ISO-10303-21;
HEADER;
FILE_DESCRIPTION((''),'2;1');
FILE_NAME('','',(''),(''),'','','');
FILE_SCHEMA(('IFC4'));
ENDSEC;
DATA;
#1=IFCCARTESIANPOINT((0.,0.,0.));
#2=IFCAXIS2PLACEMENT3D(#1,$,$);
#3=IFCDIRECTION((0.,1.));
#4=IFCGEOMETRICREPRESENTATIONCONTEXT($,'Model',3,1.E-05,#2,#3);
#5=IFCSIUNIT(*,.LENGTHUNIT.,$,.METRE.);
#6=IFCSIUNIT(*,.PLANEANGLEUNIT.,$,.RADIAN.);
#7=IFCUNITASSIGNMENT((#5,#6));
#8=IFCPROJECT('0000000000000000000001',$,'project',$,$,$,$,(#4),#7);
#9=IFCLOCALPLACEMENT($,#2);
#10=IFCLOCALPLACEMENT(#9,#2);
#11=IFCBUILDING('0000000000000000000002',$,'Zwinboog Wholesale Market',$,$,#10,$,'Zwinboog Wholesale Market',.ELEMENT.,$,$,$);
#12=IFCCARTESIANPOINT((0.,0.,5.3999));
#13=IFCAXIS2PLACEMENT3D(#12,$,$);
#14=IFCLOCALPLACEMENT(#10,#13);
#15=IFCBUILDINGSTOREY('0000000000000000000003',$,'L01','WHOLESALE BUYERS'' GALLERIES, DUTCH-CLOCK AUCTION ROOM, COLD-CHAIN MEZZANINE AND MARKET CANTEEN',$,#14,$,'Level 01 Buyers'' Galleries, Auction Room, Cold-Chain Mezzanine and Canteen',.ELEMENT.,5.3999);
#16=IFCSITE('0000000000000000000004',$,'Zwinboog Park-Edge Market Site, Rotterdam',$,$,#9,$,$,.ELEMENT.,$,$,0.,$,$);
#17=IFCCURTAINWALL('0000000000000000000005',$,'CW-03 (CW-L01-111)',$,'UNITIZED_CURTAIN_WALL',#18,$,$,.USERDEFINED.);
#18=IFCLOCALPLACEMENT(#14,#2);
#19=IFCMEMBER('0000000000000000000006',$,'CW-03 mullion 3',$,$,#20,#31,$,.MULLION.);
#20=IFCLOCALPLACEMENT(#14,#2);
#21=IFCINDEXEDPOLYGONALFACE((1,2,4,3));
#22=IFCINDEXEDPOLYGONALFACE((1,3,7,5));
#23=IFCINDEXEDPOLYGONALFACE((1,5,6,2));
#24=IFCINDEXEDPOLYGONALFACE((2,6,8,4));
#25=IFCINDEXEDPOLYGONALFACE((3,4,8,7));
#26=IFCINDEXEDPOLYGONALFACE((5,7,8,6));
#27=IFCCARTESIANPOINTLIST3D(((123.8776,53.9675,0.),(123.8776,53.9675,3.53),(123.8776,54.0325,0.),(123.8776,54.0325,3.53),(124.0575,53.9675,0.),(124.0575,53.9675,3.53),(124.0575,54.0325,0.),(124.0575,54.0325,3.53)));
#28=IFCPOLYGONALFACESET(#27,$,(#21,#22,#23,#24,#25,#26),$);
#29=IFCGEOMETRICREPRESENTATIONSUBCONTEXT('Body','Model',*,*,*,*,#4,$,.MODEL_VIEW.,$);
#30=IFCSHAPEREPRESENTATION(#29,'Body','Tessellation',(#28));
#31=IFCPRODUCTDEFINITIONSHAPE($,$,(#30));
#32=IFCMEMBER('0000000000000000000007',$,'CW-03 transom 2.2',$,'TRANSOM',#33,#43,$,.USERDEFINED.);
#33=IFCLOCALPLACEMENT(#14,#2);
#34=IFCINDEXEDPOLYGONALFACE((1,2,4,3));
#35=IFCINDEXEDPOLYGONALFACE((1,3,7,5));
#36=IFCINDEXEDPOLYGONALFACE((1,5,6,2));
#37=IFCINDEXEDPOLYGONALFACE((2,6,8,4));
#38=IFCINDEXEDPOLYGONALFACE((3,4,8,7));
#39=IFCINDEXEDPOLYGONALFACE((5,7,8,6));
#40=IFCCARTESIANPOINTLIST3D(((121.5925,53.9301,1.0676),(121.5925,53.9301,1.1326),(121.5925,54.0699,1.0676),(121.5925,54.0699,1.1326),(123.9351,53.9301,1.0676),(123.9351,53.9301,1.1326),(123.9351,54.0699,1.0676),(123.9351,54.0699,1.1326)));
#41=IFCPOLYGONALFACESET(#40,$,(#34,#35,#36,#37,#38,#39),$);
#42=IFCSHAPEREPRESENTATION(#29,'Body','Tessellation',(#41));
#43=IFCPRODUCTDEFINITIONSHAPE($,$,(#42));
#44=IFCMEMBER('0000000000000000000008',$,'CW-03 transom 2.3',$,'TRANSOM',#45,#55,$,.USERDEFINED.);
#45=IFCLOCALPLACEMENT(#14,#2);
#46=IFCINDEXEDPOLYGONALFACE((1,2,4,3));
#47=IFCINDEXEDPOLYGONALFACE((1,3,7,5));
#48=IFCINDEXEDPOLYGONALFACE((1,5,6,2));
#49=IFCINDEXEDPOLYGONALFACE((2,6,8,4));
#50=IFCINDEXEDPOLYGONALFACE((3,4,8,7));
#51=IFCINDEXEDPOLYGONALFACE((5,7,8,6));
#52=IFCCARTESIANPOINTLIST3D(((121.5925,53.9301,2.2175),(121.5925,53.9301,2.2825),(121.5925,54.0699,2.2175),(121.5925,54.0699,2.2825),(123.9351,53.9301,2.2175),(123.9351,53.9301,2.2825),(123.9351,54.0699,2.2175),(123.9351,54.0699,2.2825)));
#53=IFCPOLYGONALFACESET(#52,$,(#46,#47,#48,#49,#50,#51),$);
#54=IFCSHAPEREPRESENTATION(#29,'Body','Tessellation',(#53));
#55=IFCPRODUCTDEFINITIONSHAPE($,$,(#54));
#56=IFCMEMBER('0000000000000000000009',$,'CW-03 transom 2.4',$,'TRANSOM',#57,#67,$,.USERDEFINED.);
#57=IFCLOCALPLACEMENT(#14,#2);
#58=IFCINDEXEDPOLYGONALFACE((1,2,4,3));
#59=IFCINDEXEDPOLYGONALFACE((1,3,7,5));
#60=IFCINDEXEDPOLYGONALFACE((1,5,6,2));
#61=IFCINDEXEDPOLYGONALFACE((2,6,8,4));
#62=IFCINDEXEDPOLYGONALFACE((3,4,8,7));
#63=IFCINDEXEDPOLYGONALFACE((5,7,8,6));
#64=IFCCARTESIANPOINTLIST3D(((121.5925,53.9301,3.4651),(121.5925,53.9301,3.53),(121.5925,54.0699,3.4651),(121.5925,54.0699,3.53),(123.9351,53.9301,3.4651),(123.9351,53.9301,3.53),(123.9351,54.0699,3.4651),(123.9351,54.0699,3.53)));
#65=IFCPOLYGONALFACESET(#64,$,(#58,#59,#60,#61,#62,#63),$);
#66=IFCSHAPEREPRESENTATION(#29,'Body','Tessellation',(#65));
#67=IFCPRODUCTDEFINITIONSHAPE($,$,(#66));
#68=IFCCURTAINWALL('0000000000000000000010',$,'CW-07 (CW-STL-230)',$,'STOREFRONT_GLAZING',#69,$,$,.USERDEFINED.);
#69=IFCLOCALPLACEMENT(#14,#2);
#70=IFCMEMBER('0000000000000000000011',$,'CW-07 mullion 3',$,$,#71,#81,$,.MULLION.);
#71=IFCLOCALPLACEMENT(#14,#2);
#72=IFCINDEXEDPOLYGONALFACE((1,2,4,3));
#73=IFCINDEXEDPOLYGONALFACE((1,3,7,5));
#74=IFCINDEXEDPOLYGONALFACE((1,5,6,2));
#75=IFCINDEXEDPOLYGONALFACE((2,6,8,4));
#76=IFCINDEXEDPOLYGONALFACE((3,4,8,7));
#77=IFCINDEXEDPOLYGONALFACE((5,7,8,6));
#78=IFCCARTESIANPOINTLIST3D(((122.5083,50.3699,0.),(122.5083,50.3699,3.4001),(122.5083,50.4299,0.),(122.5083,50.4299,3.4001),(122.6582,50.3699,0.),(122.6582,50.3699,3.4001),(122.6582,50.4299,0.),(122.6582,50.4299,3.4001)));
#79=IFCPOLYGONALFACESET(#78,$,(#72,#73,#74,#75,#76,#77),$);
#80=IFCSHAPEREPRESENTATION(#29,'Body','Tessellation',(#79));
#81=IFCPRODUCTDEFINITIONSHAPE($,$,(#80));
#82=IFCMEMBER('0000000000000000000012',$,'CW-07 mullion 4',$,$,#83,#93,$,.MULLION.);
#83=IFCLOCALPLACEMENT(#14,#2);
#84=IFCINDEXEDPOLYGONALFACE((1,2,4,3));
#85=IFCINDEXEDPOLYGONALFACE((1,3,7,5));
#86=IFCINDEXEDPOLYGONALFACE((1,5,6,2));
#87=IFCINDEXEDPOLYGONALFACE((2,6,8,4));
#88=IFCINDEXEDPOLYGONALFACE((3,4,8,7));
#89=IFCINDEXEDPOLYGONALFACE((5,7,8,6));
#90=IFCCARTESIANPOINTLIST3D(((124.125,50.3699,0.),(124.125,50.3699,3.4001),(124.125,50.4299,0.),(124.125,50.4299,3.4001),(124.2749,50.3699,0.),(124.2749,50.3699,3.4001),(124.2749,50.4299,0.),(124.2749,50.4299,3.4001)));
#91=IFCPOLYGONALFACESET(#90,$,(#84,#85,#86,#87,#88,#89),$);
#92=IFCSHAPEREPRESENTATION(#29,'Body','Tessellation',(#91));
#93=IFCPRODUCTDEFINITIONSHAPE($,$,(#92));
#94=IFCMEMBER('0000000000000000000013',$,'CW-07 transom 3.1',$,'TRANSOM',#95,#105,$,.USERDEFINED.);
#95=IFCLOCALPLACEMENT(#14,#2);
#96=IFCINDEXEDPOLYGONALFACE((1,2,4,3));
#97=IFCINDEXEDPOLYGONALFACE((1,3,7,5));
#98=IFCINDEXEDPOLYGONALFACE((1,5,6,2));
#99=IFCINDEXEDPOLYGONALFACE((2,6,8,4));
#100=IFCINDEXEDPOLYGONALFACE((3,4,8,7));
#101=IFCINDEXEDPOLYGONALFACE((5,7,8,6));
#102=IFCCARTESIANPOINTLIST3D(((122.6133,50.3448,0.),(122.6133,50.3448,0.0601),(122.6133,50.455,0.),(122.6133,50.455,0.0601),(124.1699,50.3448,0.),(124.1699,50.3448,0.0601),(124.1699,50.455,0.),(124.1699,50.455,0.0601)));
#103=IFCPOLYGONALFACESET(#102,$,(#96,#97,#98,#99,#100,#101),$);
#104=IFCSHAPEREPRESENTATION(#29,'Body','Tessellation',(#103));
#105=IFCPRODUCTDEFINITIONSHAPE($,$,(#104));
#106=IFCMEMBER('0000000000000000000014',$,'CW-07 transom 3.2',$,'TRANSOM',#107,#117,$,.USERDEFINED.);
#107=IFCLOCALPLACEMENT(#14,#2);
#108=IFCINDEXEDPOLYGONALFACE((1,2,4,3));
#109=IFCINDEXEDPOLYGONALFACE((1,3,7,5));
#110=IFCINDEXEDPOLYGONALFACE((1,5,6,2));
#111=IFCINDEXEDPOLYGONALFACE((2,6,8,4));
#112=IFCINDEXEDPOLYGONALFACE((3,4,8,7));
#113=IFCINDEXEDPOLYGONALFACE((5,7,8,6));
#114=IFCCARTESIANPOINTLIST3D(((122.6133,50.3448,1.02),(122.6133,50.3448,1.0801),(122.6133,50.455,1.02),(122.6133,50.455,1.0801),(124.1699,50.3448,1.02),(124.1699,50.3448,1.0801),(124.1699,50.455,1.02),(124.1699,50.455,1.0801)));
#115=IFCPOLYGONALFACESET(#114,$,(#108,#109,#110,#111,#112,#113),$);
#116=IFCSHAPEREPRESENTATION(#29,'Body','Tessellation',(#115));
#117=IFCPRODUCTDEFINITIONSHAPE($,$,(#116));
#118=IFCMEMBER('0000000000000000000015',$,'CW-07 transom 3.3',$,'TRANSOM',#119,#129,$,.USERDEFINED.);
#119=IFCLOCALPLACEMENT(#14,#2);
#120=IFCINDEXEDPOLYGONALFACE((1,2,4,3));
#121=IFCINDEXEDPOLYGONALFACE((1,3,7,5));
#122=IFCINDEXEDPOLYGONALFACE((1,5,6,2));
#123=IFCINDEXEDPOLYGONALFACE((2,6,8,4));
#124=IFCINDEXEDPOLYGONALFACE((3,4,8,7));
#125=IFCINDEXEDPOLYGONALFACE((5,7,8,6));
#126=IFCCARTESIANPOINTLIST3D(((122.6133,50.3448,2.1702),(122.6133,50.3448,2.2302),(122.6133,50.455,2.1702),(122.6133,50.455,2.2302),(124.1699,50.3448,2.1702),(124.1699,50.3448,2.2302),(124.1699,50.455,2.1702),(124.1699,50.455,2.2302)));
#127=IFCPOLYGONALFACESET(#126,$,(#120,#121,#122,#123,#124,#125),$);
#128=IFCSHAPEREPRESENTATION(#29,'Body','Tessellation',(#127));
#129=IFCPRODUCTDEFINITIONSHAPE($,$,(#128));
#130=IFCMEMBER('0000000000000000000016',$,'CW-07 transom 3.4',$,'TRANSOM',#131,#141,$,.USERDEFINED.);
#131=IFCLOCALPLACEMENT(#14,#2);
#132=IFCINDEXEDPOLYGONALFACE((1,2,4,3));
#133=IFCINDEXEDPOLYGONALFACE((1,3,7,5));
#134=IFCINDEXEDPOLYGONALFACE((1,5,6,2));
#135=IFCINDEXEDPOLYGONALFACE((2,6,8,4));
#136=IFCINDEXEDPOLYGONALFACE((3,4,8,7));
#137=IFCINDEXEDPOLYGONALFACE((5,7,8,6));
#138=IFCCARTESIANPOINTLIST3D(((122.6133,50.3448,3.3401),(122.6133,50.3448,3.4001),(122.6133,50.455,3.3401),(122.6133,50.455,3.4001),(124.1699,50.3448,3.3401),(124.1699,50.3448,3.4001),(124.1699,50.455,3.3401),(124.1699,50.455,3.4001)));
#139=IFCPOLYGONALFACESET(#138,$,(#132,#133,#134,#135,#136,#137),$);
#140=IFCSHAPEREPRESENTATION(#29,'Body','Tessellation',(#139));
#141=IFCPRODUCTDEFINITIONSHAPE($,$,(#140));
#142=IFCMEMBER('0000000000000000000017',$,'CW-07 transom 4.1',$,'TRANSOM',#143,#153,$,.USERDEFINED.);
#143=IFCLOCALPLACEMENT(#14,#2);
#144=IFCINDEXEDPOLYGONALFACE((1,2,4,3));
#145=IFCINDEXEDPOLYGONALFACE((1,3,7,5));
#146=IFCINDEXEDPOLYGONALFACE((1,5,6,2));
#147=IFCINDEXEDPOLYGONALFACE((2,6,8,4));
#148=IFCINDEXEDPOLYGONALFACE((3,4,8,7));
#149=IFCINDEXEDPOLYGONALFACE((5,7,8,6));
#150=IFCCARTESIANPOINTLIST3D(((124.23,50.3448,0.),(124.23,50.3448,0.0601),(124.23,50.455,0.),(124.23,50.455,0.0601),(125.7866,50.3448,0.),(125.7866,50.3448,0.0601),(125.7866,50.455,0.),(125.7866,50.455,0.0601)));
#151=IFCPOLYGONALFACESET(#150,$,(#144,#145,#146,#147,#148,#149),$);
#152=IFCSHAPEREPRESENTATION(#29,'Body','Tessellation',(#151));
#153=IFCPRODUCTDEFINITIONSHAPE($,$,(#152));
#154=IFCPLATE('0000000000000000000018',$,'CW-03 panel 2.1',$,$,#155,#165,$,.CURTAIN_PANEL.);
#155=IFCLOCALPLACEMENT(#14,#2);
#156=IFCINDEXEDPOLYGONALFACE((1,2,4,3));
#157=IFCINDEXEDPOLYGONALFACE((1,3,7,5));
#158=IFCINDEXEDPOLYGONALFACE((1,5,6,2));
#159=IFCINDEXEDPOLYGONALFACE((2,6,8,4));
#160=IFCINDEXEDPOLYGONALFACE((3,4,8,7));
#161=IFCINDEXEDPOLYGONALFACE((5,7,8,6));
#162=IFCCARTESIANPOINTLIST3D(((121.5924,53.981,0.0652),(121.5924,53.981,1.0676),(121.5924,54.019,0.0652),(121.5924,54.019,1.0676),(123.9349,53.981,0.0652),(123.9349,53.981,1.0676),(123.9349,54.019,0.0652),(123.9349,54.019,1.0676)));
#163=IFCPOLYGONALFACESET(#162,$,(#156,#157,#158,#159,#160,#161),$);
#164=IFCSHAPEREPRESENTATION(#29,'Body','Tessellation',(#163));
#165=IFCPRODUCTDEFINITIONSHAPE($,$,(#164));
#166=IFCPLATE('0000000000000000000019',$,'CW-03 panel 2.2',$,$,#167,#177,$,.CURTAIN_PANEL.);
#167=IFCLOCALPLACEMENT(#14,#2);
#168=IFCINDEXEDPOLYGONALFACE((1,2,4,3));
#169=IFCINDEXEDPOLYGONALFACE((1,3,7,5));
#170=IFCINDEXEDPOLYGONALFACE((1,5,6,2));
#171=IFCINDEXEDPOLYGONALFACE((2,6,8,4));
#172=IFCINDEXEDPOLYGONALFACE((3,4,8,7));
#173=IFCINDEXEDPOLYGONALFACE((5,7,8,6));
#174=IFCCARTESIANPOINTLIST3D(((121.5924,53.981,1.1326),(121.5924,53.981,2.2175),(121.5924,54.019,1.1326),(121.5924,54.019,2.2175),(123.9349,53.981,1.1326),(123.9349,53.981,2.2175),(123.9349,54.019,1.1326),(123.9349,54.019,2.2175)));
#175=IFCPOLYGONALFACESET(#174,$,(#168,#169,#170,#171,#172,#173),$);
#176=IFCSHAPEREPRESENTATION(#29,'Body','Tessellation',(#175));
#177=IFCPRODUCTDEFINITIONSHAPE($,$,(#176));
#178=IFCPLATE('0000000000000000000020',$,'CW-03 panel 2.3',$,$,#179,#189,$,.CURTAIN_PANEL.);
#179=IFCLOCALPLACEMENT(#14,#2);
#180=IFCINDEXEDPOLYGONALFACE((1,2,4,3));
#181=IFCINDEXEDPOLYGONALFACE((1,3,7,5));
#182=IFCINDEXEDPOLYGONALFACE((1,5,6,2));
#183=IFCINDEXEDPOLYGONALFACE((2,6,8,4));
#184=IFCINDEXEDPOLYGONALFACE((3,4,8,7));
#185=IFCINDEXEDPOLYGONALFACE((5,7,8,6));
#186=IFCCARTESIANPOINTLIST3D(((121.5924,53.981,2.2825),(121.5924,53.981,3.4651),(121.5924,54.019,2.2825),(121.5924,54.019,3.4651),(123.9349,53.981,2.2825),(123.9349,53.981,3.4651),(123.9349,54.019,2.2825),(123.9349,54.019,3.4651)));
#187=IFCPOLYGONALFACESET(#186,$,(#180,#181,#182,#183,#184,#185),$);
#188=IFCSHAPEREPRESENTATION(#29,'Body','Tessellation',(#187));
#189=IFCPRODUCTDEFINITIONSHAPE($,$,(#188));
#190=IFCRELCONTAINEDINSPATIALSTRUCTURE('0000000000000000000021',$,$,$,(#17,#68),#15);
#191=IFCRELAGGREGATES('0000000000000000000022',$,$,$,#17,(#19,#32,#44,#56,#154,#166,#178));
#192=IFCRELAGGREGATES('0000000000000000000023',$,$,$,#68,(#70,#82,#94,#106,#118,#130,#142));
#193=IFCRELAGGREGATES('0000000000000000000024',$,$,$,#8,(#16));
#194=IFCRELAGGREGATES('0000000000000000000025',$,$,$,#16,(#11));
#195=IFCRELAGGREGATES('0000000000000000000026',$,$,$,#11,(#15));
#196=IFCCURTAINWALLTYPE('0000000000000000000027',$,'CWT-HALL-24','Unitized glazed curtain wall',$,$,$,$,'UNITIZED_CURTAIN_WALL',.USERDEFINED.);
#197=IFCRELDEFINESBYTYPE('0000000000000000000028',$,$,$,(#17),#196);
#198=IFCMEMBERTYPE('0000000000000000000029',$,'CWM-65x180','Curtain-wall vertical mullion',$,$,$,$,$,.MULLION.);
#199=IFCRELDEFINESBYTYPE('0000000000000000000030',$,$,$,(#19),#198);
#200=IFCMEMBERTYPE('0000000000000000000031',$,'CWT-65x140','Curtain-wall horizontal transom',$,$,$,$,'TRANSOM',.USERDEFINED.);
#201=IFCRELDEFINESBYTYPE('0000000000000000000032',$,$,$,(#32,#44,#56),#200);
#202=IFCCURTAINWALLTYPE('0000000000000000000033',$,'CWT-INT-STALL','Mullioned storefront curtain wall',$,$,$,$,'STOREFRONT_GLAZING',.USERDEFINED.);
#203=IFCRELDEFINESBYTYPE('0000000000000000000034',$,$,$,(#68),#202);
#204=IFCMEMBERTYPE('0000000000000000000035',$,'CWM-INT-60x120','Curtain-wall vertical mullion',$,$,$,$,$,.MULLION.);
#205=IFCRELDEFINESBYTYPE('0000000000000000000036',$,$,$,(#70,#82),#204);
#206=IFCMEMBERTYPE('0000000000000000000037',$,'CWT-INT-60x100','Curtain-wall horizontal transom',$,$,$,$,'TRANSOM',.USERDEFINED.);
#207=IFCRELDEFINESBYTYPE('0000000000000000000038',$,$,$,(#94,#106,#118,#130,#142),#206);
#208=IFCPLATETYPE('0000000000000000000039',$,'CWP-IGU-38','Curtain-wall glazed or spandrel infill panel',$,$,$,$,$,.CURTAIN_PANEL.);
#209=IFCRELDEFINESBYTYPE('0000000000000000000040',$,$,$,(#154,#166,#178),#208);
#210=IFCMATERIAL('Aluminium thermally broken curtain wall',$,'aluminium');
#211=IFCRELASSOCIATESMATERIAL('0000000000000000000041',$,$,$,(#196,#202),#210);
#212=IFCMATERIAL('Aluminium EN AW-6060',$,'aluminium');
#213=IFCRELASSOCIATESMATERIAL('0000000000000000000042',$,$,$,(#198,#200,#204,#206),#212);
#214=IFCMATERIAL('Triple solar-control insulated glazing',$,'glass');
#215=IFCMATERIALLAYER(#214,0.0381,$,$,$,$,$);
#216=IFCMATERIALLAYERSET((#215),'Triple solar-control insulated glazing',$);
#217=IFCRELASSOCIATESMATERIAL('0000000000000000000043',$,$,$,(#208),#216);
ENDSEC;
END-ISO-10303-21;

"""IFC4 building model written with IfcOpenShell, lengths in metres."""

from ifc_helpers import new_model, si_unit, direction, frame, origin, origin_2d, place, context, subcontext, project, spatial, rectangle, extrude, material, layer, layer_set, material_profile, profile_set, type_object, element, aggregate, save


model = new_model("IFC4")

# Units and contexts
model_context = context("Model", 3, precision=1e-05, world=origin(), true_north=direction((0.0, 1.0)))
body_context = subcontext(model_context, "Body", "Model", "MODEL_VIEW")
ifc_project = project(units=[si_unit("LENGTHUNIT", "METRE"), si_unit("PLANEANGLEUNIT", "RADIAN")], contexts=[model_context])

# Site, building, storey
site_placement = place(None, origin())
site = spatial("IfcSite", under=ifc_project, at=site_placement, Name="Zwinboog Park-Edge Market Site, Rotterdam", CompositionType="ELEMENT", RefElevation=0.0)
building_placement = place(site_placement, origin())
building = spatial("IfcBuilding", under=site, at=building_placement, Name="Zwinboog Wholesale Market", LongName="Zwinboog Wholesale Market", CompositionType="ELEMENT")
storey_placement = place(building_placement, frame((0.0, 0.0, 5.3999)))
storey = spatial("IfcBuildingStorey", under=building, at=storey_placement, Name="L01", Description="WHOLESALE BUYERS' GALLERIES, DUTCH-CLOCK AUCTION ROOM, COLD-CHAIN MEZZANINE AND MARKET CANTEEN", LongName="Level 01 Buyers' Galleries, Auction Room, Cold-Chain Mezzanine and Canteen", CompositionType="ELEMENT", Elevation=5.3999)

# Curtain walls, members
ifc_material_1 = material(Name="Aluminium thermally broken curtain wall", Category="aluminium")
curtain_wall_type_1 = type_object("IfcCurtainWallType", Name="CWT-HALL-24", Description="Unitized glazed curtain wall", ElementType="UNITIZED_CURTAIN_WALL", PredefinedType="USERDEFINED", material=ifc_material_1)
curtain_wall_1_placement = place(storey_placement, origin())
curtain_wall_1 = element("IfcCurtainWall", 1, at=curtain_wall_1_placement, inside=storey, type_object=curtain_wall_type_1, Name="CW-03 (CW-L01-111)", ObjectType="UNITIZED_CURTAIN_WALL", PredefinedType="USERDEFINED")
ifc_material_2 = material(Name="Aluminium EN AW-6060", Category="aluminium")
ifc_material_profile_1 = material_profile(ifc_material_2, rectangle(XDim=0.0649, YDim=0.1799, at=origin_2d()), Name="AL 65x180")
ifc_profile_set_1 = profile_set([ifc_material_profile_1], Name="Aluminium EN AW-6060")
member_type_1 = type_object("IfcMemberType", Name="CWM-65x180", Description="Curtain-wall vertical mullion", PredefinedType="MULLION", material=ifc_profile_set_1)
member_1_placement = place(storey_placement, frame((123.9675, 54.0, 0.0), z_axis=(0.0, 0.0, 1.0), x_axis=(0.0, 1.0, 0.0)))
member_1 = element("IfcMember", 2, at=member_1_placement, type_object=member_type_1, Name="CW-03 mullion 3", PredefinedType="MULLION", context=body_context, shape_type="SweptSolid", body=[
    extrude(rectangle(XDim=0.0649, YDim=0.1799, at=origin_2d()), origin(), (0.0, 0.0, 1.0), 3.53),
])
ifc_material_profile_2 = material_profile(ifc_material_2, rectangle(XDim=0.1399, YDim=0.0649, at=origin_2d()), Name="AL 65x140")
ifc_profile_set_2 = profile_set([ifc_material_profile_2], Name="Aluminium EN AW-6060")
member_type_2 = type_object("IfcMemberType", Name="CWT-65x140", Description="Curtain-wall horizontal transom", ElementType="TRANSOM", PredefinedType="USERDEFINED", material=ifc_profile_set_2)
member_2_placement = place(storey_placement, frame((121.5925, 54.0, 1.1001), z_axis=(1.0, 0.0, 0.0), x_axis=(0.0, 1.0, 0.0)))
member_2 = element("IfcMember", 3, at=member_2_placement, type_object=member_type_2, Name="CW-03 transom 2.2", ObjectType="TRANSOM", PredefinedType="USERDEFINED", context=body_context, shape_type="SweptSolid", body=[
    extrude(rectangle(XDim=0.1399, YDim=0.0649, at=origin_2d()), origin(), (0.0, 0.0, 1.0), 2.3425),
])
member_3_placement = place(storey_placement, frame((121.5925, 54.0, 2.25), z_axis=(1.0, 0.0, 0.0), x_axis=(0.0, 1.0, 0.0)))
member_3 = element("IfcMember", 4, at=member_3_placement, type_object=member_type_2, Name="CW-03 transom 2.3", ObjectType="TRANSOM", PredefinedType="USERDEFINED", context=body_context, shape_type="SweptSolid", body=[
    extrude(rectangle(XDim=0.1399, YDim=0.0649, at=origin_2d()), origin(), (0.0, 0.0, 1.0), 2.3425),
])
member_4_placement = place(storey_placement, frame((121.5925, 54.0, 3.4976), z_axis=(1.0, 0.0, 0.0), x_axis=(0.0, 1.0, 0.0)))
member_4 = element("IfcMember", 5, at=member_4_placement, type_object=member_type_2, Name="CW-03 transom 2.4", ObjectType="TRANSOM", PredefinedType="USERDEFINED", context=body_context, shape_type="SweptSolid", body=[
    extrude(rectangle(XDim=0.1399, YDim=0.0649, at=origin_2d()), origin(), (0.0, 0.0, 1.0), 2.3425),
])
curtain_wall_type_2 = type_object("IfcCurtainWallType", Name="CWT-INT-STALL", Description="Mullioned storefront curtain wall", ElementType="STOREFRONT_GLAZING", PredefinedType="USERDEFINED", material=ifc_material_1)
curtain_wall_2_placement = place(storey_placement, origin())
curtain_wall_2 = element("IfcCurtainWall", 6, at=curtain_wall_2_placement, inside=storey, type_object=curtain_wall_type_2, Name="CW-07 (CW-STL-230)", ObjectType="STOREFRONT_GLAZING", PredefinedType="USERDEFINED")
ifc_material_profile_3 = material_profile(ifc_material_2, rectangle(XDim=0.0601, YDim=0.1499, at=origin_2d()), Name="AL 60x150")
ifc_profile_set_3 = profile_set([ifc_material_profile_3], Name="Aluminium EN AW-6060")
member_type_3 = type_object("IfcMemberType", Name="CWM-INT-60x120", Description="Curtain-wall vertical mullion", PredefinedType="MULLION", material=ifc_profile_set_3)
member_5_placement = place(storey_placement, frame((122.5833, 50.3999, 0.0), z_axis=(0.0, 0.0, 1.0), x_axis=(0.0, 1.0, 0.0)))
member_5 = element("IfcMember", 7, at=member_5_placement, type_object=member_type_3, Name="CW-07 mullion 3", PredefinedType="MULLION", context=body_context, shape_type="SweptSolid", body=[
    extrude(rectangle(XDim=0.0601, YDim=0.1499, at=origin_2d()), origin(), (0.0, 0.0, 1.0), 3.4001),
])
member_6_placement = place(storey_placement, frame((124.2, 50.3999, 0.0), z_axis=(0.0, 0.0, 1.0), x_axis=(0.0, 1.0, 0.0)))
member_6 = element("IfcMember", 8, at=member_6_placement, type_object=member_type_3, Name="CW-07 mullion 4", PredefinedType="MULLION", context=body_context, shape_type="SweptSolid", body=[
    extrude(rectangle(XDim=0.0601, YDim=0.1499, at=origin_2d()), origin(), (0.0, 0.0, 1.0), 3.4001),
])
ifc_material_profile_4 = material_profile(ifc_material_2, rectangle(XDim=0.1101, YDim=0.0601, at=origin_2d()), Name="AL 60x110")
ifc_profile_set_4 = profile_set([ifc_material_profile_4], Name="Aluminium EN AW-6060")
member_type_4 = type_object("IfcMemberType", Name="CWT-INT-60x100", Description="Curtain-wall horizontal transom", ElementType="TRANSOM", PredefinedType="USERDEFINED", material=ifc_profile_set_4)
member_7_placement = place(storey_placement, frame((122.6133, 50.3999, 0.03), z_axis=(1.0, 0.0, 0.0), x_axis=(0.0, 1.0, 0.0)))
member_7 = element("IfcMember", 9, at=member_7_placement, type_object=member_type_4, Name="CW-07 transom 3.1", ObjectType="TRANSOM", PredefinedType="USERDEFINED", context=body_context, shape_type="SweptSolid", body=[
    extrude(rectangle(XDim=0.1101, YDim=0.0601, at=origin_2d()), origin(), (0.0, 0.0, 1.0), 1.5566),
])
member_8_placement = place(storey_placement, frame((122.6133, 50.3999, 1.05), z_axis=(1.0, 0.0, 0.0), x_axis=(0.0, 1.0, 0.0)))
member_8 = element("IfcMember", 10, at=member_8_placement, type_object=member_type_4, Name="CW-07 transom 3.2", ObjectType="TRANSOM", PredefinedType="USERDEFINED", context=body_context, shape_type="SweptSolid", body=[
    extrude(rectangle(XDim=0.1101, YDim=0.0601, at=origin_2d()), origin(), (0.0, 0.0, 1.0), 1.5566),
])
member_9_placement = place(storey_placement, frame((122.6133, 50.3999, 2.2002), z_axis=(1.0, 0.0, 0.0), x_axis=(0.0, 1.0, 0.0)))
member_9 = element("IfcMember", 11, at=member_9_placement, type_object=member_type_4, Name="CW-07 transom 3.3", ObjectType="TRANSOM", PredefinedType="USERDEFINED", context=body_context, shape_type="SweptSolid", body=[
    extrude(rectangle(XDim=0.1101, YDim=0.0601, at=origin_2d()), origin(), (0.0, 0.0, 1.0), 1.5566),
])
member_10_placement = place(storey_placement, frame((122.6133, 50.3999, 3.3701), z_axis=(1.0, 0.0, 0.0), x_axis=(0.0, 1.0, 0.0)))
member_10 = element("IfcMember", 12, at=member_10_placement, type_object=member_type_4, Name="CW-07 transom 3.4", ObjectType="TRANSOM", PredefinedType="USERDEFINED", context=body_context, shape_type="SweptSolid", body=[
    extrude(rectangle(XDim=0.1101, YDim=0.0601, at=origin_2d()), origin(), (0.0, 0.0, 1.0), 1.5566),
])
member_11_placement = place(storey_placement, frame((124.23, 50.3999, 0.03), z_axis=(1.0, 0.0, 0.0), x_axis=(0.0, 1.0, 0.0)))
member_11 = element("IfcMember", 13, at=member_11_placement, type_object=member_type_4, Name="CW-07 transom 4.1", ObjectType="TRANSOM", PredefinedType="USERDEFINED", context=body_context, shape_type="SweptSolid", body=[
    extrude(rectangle(XDim=0.1101, YDim=0.0601, at=origin_2d()), origin(), (0.0, 0.0, 1.0), 1.5566),
])

# Plates
ifc_material_3 = material(Name="Triple solar-control insulated glazing", Category="glass")
ifc_layer_1 = layer(ifc_material_3, 0.0381)
ifc_layer_set_1 = layer_set([ifc_layer_1], Name="Triple solar-control insulated glazing")
plate_type_1 = type_object("IfcPlateType", Name="CWP-IGU-38", Description="Curtain-wall glazed or spandrel infill panel", PredefinedType="CURTAIN_PANEL", material=ifc_layer_set_1)
plate_1_placement = place(storey_placement, frame((122.7637, 54.0, 0.0652), z_axis=(0.0, 0.0, 1.0), x_axis=(1.0, 0.0, 0.0)))
plate_1 = element("IfcPlate", 14, at=plate_1_placement, type_object=plate_type_1, Name="CW-03 panel 2.1", PredefinedType="CURTAIN_PANEL", context=body_context, shape_type="SweptSolid", body=[
    extrude(rectangle(XDim=2.3425, YDim=0.0381, at=origin_2d()), origin(), (0.0, 0.0, 1.0), 1.0024),
])
plate_2_placement = place(storey_placement, frame((122.7637, 54.0, 1.1326), z_axis=(0.0, 0.0, 1.0), x_axis=(1.0, 0.0, 0.0)))
plate_2 = element("IfcPlate", 15, at=plate_2_placement, type_object=plate_type_1, Name="CW-03 panel 2.2", PredefinedType="CURTAIN_PANEL", context=body_context, shape_type="SweptSolid", body=[
    extrude(rectangle(XDim=2.3425, YDim=0.0381, at=origin_2d()), origin(), (0.0, 0.0, 1.0), 1.085),
])
plate_3_placement = place(storey_placement, frame((122.7637, 54.0, 2.2825), z_axis=(0.0, 0.0, 1.0), x_axis=(1.0, 0.0, 0.0)))
plate_3 = element("IfcPlate", 16, at=plate_3_placement, type_object=plate_type_1, Name="CW-03 panel 2.3", PredefinedType="CURTAIN_PANEL", context=body_context, shape_type="SweptSolid", body=[
    extrude(rectangle(XDim=2.3425, YDim=0.0381, at=origin_2d()), origin(), (0.0, 0.0, 1.0), 1.1826),
])
aggregate(curtain_wall_1, [member_1, member_2, member_3, member_4, plate_1, plate_2, plate_3])
aggregate(curtain_wall_2, [member_5, member_6, member_7, member_8, member_9, member_10, member_11])

save(model, "model.ifc")
